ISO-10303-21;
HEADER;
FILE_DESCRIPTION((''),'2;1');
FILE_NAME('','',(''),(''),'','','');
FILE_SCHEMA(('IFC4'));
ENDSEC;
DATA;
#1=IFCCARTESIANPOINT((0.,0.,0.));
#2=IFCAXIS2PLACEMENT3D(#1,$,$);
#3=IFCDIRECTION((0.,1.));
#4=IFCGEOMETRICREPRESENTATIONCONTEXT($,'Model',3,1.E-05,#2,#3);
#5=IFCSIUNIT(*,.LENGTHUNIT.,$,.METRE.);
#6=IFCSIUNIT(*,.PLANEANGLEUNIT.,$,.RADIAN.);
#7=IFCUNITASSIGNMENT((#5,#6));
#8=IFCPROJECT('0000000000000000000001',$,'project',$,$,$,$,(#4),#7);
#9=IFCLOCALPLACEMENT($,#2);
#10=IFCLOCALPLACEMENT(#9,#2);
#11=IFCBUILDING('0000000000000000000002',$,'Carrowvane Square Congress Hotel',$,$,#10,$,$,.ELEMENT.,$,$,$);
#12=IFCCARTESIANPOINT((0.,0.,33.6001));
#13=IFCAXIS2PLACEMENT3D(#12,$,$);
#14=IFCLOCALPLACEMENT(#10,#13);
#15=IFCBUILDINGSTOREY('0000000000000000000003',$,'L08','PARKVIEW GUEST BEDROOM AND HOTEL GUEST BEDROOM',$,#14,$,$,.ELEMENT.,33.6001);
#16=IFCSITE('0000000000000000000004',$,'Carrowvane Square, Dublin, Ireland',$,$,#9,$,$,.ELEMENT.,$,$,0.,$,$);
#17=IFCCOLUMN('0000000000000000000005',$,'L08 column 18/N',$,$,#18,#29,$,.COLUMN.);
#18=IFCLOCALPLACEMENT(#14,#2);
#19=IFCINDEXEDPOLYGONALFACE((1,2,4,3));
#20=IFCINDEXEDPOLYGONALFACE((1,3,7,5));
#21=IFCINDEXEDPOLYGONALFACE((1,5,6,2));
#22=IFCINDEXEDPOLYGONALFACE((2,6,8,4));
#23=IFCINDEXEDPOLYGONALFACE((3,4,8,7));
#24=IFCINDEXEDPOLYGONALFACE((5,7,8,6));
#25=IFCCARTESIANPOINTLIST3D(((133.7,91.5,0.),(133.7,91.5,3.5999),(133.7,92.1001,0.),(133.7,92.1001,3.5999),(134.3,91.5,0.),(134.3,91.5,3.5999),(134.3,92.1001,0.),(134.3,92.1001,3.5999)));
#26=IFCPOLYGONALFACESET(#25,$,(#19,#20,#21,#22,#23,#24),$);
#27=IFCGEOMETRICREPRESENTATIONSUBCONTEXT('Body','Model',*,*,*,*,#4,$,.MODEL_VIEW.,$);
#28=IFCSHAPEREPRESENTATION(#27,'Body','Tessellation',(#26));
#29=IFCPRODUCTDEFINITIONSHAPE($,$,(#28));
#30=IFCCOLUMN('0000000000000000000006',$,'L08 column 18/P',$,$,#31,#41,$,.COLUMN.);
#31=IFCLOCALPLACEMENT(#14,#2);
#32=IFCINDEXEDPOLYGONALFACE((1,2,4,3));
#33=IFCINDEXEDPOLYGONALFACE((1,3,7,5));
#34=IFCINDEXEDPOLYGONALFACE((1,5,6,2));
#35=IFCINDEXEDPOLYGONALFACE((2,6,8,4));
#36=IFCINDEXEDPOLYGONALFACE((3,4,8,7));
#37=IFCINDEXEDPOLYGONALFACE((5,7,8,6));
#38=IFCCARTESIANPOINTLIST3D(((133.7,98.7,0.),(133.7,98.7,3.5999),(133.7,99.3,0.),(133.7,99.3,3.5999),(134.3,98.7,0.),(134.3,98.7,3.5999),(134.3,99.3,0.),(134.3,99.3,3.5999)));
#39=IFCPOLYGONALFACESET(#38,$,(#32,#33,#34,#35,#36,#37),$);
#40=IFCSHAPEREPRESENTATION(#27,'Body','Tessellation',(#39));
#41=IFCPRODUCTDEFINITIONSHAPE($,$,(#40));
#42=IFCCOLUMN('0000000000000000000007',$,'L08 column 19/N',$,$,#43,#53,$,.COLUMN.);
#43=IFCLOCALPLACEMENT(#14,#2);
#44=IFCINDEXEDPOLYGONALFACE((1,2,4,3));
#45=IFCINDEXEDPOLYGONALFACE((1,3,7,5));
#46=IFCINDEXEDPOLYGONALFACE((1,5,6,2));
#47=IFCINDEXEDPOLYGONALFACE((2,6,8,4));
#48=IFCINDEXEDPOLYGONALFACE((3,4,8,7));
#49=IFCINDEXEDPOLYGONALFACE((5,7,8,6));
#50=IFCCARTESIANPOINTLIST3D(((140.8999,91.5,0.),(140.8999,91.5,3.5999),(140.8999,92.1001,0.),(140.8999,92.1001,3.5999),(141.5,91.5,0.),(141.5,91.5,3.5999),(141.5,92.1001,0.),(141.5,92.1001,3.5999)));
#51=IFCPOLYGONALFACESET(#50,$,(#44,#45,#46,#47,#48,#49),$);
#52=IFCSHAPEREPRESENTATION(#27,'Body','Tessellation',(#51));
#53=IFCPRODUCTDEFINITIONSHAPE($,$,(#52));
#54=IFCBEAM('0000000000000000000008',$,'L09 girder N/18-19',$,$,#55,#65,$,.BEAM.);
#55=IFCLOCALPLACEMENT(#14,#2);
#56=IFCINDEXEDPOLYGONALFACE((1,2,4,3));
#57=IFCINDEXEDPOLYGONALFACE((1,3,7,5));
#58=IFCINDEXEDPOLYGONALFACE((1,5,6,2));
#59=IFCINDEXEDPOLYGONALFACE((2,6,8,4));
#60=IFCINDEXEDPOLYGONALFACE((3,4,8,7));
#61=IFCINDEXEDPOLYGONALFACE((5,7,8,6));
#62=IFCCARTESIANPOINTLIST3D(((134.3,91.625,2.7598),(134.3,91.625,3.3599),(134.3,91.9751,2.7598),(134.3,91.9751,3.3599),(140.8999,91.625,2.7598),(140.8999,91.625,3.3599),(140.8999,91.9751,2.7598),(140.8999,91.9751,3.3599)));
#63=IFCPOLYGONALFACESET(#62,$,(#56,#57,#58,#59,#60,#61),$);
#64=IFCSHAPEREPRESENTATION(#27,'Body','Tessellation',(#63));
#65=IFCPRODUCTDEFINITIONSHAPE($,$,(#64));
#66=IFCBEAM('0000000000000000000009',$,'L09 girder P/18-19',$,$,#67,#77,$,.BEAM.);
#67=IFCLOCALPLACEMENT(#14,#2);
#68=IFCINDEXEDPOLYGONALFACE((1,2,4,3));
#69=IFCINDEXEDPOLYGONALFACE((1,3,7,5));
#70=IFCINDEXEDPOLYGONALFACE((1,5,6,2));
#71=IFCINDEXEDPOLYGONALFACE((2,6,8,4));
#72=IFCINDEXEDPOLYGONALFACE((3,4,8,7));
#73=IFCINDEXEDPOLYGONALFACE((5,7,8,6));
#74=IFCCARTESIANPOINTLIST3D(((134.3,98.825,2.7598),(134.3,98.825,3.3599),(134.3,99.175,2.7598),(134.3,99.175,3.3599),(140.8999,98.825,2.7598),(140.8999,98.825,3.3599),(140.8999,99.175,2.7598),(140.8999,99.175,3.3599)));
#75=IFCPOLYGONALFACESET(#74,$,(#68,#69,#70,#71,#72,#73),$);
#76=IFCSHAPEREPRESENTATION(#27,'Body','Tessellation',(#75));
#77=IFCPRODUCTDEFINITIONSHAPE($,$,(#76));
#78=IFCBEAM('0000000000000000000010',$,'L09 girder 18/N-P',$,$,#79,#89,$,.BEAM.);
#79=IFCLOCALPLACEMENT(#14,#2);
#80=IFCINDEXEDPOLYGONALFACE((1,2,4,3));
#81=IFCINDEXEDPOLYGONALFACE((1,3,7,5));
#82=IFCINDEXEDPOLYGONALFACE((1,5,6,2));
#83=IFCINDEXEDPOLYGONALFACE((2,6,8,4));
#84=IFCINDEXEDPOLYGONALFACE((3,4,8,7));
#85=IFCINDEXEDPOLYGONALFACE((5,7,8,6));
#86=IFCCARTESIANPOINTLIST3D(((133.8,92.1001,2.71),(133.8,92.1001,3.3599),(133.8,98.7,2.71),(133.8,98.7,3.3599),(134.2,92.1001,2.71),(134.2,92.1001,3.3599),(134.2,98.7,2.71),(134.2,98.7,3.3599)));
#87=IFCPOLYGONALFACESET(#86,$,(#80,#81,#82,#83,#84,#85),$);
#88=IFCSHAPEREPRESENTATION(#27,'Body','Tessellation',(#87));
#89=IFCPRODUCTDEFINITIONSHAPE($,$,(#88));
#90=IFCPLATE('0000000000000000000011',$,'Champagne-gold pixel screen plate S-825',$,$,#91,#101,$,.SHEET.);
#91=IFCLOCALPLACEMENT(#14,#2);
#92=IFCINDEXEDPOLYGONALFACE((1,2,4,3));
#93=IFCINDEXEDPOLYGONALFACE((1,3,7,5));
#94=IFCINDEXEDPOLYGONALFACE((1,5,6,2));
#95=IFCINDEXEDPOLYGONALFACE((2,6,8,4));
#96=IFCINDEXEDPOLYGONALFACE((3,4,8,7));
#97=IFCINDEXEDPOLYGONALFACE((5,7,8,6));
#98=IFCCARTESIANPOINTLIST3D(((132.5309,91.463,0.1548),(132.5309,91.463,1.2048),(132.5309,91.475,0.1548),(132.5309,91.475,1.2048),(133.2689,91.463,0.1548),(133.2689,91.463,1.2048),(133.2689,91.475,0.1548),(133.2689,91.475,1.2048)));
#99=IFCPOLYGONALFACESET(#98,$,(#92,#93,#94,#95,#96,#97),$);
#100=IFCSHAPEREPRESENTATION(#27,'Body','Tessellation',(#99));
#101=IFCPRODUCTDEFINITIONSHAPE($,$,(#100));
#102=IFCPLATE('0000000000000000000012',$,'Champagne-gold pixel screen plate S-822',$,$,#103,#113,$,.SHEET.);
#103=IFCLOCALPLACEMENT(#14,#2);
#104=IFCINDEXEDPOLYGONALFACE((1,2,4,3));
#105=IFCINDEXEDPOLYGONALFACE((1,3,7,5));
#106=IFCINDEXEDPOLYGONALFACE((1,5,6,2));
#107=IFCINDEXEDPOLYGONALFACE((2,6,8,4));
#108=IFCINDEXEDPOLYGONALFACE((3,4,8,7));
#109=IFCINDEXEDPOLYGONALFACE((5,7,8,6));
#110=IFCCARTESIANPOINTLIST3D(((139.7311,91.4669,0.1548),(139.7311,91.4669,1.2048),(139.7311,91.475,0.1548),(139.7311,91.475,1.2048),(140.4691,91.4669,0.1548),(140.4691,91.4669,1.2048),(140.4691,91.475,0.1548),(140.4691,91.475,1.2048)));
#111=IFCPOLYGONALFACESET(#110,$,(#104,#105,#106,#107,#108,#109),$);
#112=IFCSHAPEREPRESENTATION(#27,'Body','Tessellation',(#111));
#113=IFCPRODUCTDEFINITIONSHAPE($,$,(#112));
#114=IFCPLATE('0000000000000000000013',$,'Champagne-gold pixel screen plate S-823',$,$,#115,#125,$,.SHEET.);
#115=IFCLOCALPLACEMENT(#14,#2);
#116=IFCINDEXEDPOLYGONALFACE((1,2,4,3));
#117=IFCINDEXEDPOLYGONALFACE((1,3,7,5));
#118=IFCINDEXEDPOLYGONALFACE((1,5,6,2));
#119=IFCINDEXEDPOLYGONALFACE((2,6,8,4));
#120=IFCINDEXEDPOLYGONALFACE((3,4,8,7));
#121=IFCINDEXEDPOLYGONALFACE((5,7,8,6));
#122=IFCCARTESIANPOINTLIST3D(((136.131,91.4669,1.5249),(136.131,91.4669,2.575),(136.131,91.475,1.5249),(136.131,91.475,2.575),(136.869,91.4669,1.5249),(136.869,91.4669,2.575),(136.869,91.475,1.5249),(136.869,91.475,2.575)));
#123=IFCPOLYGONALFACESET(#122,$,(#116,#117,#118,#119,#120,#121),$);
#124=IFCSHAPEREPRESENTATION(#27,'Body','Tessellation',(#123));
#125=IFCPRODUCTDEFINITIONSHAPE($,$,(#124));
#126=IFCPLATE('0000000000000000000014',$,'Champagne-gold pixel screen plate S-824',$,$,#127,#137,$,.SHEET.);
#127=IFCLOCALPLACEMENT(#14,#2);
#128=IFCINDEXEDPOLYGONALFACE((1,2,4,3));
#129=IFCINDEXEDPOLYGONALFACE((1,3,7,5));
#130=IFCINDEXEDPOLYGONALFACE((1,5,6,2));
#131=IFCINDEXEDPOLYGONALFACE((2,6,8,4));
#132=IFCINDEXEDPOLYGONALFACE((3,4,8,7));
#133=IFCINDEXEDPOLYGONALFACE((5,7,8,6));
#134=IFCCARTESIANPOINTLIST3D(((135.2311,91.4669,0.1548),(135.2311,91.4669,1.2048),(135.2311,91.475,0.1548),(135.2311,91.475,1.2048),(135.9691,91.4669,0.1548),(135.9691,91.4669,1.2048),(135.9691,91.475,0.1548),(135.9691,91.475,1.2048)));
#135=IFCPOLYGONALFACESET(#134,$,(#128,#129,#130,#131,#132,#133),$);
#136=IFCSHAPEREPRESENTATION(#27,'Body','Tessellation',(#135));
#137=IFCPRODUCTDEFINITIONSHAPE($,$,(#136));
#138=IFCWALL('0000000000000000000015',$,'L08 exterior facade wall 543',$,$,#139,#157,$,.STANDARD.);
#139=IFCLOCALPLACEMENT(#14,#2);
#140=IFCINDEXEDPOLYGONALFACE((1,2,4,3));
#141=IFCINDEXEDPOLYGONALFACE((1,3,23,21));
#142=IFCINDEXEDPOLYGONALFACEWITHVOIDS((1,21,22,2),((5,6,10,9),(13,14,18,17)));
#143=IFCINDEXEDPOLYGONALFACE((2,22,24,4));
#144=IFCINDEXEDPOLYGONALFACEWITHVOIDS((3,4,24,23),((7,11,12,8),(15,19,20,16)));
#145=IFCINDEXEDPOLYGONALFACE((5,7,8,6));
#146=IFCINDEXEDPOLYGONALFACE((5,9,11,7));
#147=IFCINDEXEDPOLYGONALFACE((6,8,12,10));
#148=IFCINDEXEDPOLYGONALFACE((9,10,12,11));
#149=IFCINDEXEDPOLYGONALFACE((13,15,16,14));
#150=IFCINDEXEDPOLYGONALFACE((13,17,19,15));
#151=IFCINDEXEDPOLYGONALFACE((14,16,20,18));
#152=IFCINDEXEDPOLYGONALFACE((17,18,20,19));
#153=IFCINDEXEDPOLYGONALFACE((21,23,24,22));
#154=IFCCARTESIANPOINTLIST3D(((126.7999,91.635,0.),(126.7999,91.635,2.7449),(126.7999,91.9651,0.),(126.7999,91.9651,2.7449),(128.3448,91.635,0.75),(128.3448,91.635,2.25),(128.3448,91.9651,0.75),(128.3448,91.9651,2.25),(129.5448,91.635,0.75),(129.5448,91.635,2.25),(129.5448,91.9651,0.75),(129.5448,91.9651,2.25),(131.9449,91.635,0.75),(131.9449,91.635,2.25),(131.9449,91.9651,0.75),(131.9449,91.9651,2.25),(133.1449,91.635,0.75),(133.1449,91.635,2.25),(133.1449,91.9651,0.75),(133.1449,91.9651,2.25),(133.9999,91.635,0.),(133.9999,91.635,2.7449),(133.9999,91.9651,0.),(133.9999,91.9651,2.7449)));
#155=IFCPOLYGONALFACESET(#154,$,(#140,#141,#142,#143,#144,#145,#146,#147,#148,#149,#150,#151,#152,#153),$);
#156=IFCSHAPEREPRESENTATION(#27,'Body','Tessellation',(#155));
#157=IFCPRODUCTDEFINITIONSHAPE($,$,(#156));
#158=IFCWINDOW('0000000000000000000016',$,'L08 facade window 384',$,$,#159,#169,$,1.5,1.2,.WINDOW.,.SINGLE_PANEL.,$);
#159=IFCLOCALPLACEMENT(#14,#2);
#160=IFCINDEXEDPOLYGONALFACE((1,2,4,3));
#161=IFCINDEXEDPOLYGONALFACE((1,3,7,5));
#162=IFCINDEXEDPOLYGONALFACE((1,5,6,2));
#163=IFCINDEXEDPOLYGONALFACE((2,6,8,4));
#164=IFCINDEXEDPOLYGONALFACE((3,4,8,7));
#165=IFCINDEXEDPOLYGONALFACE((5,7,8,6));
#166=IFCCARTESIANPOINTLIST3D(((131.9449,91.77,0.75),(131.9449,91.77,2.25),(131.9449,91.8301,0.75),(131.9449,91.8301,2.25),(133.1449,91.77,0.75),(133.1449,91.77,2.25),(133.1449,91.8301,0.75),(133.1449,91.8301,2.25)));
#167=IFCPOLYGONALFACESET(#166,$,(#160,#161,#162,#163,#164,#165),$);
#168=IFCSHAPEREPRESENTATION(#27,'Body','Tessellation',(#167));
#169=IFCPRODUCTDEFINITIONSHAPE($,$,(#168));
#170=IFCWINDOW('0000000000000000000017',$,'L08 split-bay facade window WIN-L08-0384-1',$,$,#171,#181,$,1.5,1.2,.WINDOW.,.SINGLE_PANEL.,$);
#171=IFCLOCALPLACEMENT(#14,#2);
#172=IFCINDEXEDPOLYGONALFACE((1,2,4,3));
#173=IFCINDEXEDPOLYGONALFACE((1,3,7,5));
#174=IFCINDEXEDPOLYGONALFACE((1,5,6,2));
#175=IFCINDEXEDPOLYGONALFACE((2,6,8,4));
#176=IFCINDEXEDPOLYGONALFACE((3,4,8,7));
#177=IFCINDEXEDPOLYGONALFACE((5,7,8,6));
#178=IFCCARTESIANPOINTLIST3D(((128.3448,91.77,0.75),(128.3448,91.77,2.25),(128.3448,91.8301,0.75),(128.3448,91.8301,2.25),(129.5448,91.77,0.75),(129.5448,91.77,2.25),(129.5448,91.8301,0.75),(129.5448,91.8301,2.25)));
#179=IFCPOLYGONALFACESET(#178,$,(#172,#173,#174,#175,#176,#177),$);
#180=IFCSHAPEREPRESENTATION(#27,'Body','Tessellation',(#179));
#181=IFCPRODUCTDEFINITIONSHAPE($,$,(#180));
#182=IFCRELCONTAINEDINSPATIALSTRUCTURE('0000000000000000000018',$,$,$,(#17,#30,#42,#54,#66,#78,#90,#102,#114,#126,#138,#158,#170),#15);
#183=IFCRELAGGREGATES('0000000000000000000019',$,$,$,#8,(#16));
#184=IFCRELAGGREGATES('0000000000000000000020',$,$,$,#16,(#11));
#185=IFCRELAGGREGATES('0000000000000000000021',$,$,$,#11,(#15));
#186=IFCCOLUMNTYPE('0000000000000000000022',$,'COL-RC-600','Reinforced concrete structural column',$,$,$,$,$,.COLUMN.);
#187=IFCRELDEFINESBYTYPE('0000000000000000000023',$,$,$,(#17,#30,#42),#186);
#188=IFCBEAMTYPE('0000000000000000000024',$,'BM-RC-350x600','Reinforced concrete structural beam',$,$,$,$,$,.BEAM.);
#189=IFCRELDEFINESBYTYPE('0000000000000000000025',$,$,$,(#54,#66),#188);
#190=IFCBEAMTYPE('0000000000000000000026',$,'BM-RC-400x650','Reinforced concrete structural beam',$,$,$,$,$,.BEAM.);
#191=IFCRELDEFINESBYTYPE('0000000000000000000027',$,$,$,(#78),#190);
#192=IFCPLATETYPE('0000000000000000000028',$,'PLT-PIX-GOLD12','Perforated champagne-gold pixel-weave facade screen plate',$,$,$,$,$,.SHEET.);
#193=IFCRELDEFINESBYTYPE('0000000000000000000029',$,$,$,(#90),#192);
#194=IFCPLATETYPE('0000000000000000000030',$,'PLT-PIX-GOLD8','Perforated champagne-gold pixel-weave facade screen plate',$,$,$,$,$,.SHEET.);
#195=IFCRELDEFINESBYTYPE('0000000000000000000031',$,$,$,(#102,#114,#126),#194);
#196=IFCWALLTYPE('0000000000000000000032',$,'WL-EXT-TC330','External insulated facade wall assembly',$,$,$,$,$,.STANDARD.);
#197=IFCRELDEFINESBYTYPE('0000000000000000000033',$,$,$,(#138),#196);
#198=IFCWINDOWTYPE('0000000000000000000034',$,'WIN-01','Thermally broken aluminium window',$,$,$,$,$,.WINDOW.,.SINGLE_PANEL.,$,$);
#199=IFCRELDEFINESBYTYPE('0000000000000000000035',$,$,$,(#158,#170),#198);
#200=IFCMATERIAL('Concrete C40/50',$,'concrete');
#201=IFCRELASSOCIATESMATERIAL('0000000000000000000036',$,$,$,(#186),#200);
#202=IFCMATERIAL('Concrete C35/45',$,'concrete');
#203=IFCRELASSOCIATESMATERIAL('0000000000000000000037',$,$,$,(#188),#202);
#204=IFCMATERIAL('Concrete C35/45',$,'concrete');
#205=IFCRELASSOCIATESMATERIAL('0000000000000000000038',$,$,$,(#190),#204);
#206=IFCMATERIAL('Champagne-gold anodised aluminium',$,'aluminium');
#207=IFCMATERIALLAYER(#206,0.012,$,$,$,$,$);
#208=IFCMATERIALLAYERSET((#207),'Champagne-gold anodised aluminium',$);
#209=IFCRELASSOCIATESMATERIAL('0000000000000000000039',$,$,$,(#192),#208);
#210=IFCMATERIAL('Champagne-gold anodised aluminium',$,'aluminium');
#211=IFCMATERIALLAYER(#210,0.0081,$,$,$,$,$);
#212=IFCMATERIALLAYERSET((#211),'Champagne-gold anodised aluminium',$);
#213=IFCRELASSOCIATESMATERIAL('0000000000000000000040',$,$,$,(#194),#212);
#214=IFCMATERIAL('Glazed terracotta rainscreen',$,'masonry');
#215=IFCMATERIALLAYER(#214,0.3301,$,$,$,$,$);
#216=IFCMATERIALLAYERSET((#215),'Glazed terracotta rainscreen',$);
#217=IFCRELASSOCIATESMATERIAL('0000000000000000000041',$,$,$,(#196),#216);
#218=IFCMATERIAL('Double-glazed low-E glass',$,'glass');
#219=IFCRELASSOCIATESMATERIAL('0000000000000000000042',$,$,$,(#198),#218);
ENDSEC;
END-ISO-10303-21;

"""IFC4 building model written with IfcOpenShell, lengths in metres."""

from ifc_helpers import new_model, si_unit, direction, frame, frame_2d, origin, origin_2d, place, context, subcontext, project, spatial, rectangle, extrude, material, layer, layer_set, material_profile, profile_set, type_object, element, fill, save


model = new_model("IFC4")

# Units and contexts
model_context = context("Model", 3, precision=1e-05, world=origin(), true_north=direction((0.0, 1.0)))
body_context = subcontext(model_context, "Body", "Model", "MODEL_VIEW")
ifc_project = project(units=[si_unit("LENGTHUNIT", "METRE"), si_unit("PLANEANGLEUNIT", "RADIAN")], contexts=[model_context])

# Site, building, storey
site_placement = place(None, origin())
site = spatial("IfcSite", under=ifc_project, at=site_placement, Name="Carrowvane Square, Dublin, Ireland", CompositionType="ELEMENT", RefElevation=0.0)
building_placement = place(site_placement, origin())
building = spatial("IfcBuilding", under=site, at=building_placement, Name="Carrowvane Square Congress Hotel", CompositionType="ELEMENT")
storey_placement = place(building_placement, frame((0.0, 0.0, 33.6001)))
storey = spatial("IfcBuildingStorey", under=building, at=storey_placement, Name="L08", Description="PARKVIEW GUEST BEDROOM AND HOTEL GUEST BEDROOM", CompositionType="ELEMENT", Elevation=33.6001)

# Columns
ifc_material_1 = material(Name="Concrete C40/50", Category="concrete")
ifc_material_profile_1 = material_profile(ifc_material_1, rectangle(XDim=0.6001, YDim=0.6001, at=origin_2d()), Name="RC 600x600")
ifc_profile_set_1 = profile_set([ifc_material_profile_1], Name="Concrete C40/50")
column_type = type_object("IfcColumnType", Name="COL-RC-600", Description="Reinforced concrete structural column", PredefinedType="COLUMN", material=ifc_profile_set_1)
for number, where, z_axis, x_axis, name in (
    (1, (134.0, 91.8, 0.0), (0.0, 0.0, 1.0), (1.0, 0.0, 0.0), "L08 column 18/N"),
    (2, (134.0, 99.0, 0.0), (0.0, 0.0, 1.0), (1.0, 0.0, 0.0), "L08 column 18/P"),
    (3, (141.2, 91.8, 0.0), (0.0, 0.0, 1.0), (1.0, 0.0, 0.0), "L08 column 19/N"),
):
    element("IfcColumn", number, at=place(storey_placement, frame(where, z_axis=z_axis, x_axis=x_axis)), inside=storey, type_object=column_type, Name=name, PredefinedType="COLUMN", context=body_context, shape_type="SweptSolid", body=[
        extrude(rectangle(XDim=0.6001, YDim=0.6001, at=origin_2d()), origin(), (0.0, 0.0, 1.0), 3.5999),
    ])

# Beams
ifc_material_2 = material(Name="Concrete C35/45", Category="concrete")
ifc_material_profile_2 = material_profile(ifc_material_2, rectangle(XDim=0.3501, YDim=0.6001, at=origin_2d()), Name="RC 350x600")
ifc_profile_set_2 = profile_set([ifc_material_profile_2], Name="Concrete C35/45")
beam_type_1 = type_object("IfcBeamType", Name="BM-RC-350x600", Description="Reinforced concrete structural beam", PredefinedType="BEAM", material=ifc_profile_set_2)
for number, where, z_axis, x_axis, name in (
    (4, (134.3, 91.8, 3.0598), (1.0, 0.0, 0.0), (0.0, 1.0, 0.0), "L09 girder N/18-19"),
    (5, (134.3, 99.0, 3.0598), (1.0, 0.0, 0.0), (0.0, 1.0, 0.0), "L09 girder P/18-19"),
):
    element("IfcBeam", number, at=place(storey_placement, frame(where, z_axis=z_axis, x_axis=x_axis)), inside=storey, type_object=beam_type_1, Name=name, PredefinedType="BEAM", context=body_context, shape_type="SweptSolid", body=[
        extrude(rectangle(XDim=0.3501, YDim=0.6001, at=origin_2d()), origin(), (0.0, 0.0, 1.0), 6.5999),
    ])
ifc_material_3 = material(Name="Concrete C35/45", Category="concrete")
ifc_material_profile_3 = material_profile(ifc_material_3, rectangle(XDim=0.3999, YDim=0.6499, at=origin_2d()), Name="RC 400x650")
ifc_profile_set_3 = profile_set([ifc_material_profile_3], Name="Concrete C35/45")
beam_type_2 = type_object("IfcBeamType", Name="BM-RC-400x650", Description="Reinforced concrete structural beam", PredefinedType="BEAM", material=ifc_profile_set_3)
beam_placement = place(storey_placement, frame((134.0, 92.1001, 3.0349), z_axis=(0.0, 1.0, 0.0), x_axis=(-1.0, 0.0, 0.0)))
element("IfcBeam", 6, at=beam_placement, inside=storey, type_object=beam_type_2, Name="L09 girder 18/N-P", PredefinedType="BEAM", context=body_context, shape_type="SweptSolid", body=[
    extrude(rectangle(XDim=0.3999, YDim=0.6499, at=origin_2d()), origin(), (0.0, 0.0, 1.0), 6.5999),
])

# Plates
ifc_material_4 = material(Name="Champagne-gold anodised aluminium", Category="aluminium")
ifc_layer_1 = layer(ifc_material_4, 0.012)
ifc_layer_set_1 = layer_set([ifc_layer_1], Name="Champagne-gold anodised aluminium")
plate_type_1 = type_object("IfcPlateType", Name="PLT-PIX-GOLD12", Description="Perforated champagne-gold pixel-weave facade screen plate", PredefinedType="SHEET", material=ifc_layer_set_1)
plate_placement = place(storey_placement, frame((132.8999, 91.469, 0.1548), z_axis=(0.0, 0.0, 1.0), x_axis=(-1.0, 0.0, 0.0)))
element("IfcPlate", 7, at=plate_placement, inside=storey, type_object=plate_type_1, Name="Champagne-gold pixel screen plate S-825", PredefinedType="SHEET", context=body_context, shape_type="SweptSolid", body=[
    extrude(rectangle(XDim=0.738, YDim=0.012, at=origin_2d()), origin(), (0.0, 0.0, 1.0), 1.05),
])
ifc_material_5 = material(Name="Champagne-gold anodised aluminium", Category="aluminium")
ifc_layer_2 = layer(ifc_material_5, 0.0081)
ifc_layer_set_2 = layer_set([ifc_layer_2], Name="Champagne-gold anodised aluminium")
plate_type_2 = type_object("IfcPlateType", Name="PLT-PIX-GOLD8", Description="Perforated champagne-gold pixel-weave facade screen plate", PredefinedType="SHEET", material=ifc_layer_set_2)
for number, where, z_axis, x_axis, name in (
    (8, (140.1001, 91.4709, 0.1548), (0.0, 0.0, 1.0), (-1.0, 0.0, 0.0), "Champagne-gold pixel screen plate S-822"),
    (9, (136.5, 91.4709, 1.5249), (0.0, 0.0, 1.0), (-1.0, 0.0, 0.0), "Champagne-gold pixel screen plate S-823"),
    (10, (135.6001, 91.4709, 0.1548), (0.0, 0.0, 1.0), (-1.0, 0.0, 0.0), "Champagne-gold pixel screen plate S-824"),
):
    element("IfcPlate", number, at=place(storey_placement, frame(where, z_axis=z_axis, x_axis=x_axis)), inside=storey, type_object=plate_type_2, Name=name, PredefinedType="SHEET", context=body_context, shape_type="SweptSolid", body=[
        extrude(rectangle(XDim=0.738, YDim=0.0081, at=origin_2d()), origin(), (0.0, 0.0, 1.0), 1.05),
    ])

# Wall, openings, windows
ifc_material_6 = material(Name="Glazed terracotta rainscreen", Category="masonry")
ifc_layer_3 = layer(ifc_material_6, 0.3301)
ifc_layer_set_3 = layer_set([ifc_layer_3], Name="Glazed terracotta rainscreen")
wall_type_1 = type_object("IfcWallType", Name="WL-EXT-TC330", Description="External insulated facade wall assembly", PredefinedType="STANDARD", material=ifc_layer_set_3)
wall_1_placement = place(storey_placement, frame((134.0, 91.8, 0.0), z_axis=(0.0, 0.0, 1.0), x_axis=(-1.0, 0.0, 0.0)))
wall_1 = element("IfcWall", 11, at=wall_1_placement, inside=storey, type_object=wall_type_1, Name="L08 exterior facade wall 543", PredefinedType="STANDARD", context=body_context, shape_type="SweptSolid", body=[
    extrude(rectangle(XDim=7.2, YDim=0.3301, at=frame_2d((3.6001, 0.0))), origin(), (0.0, 0.0, 1.0), 2.7449),
])
opening_1_placement = place(wall_1_placement, frame((0.855, 0.0, 0.75)))
opening_1 = element("IfcOpeningElement", 12, at=opening_1_placement, cuts=wall_1, PredefinedType="OPENING", context=body_context, shape_type="SweptSolid", body=[
    extrude(rectangle(XDim=1.2, YDim=1.5, at=frame_2d((0.6001, 0.75))), frame((0.0, 0.175, 0.0), z_axis=(0.0, -1.0, 0.0), x_axis=(1.0, 0.0, 0.0)), (0.0, 0.0, 1.0), 0.3501),
])
opening_2_placement = place(wall_1_placement, frame((4.4551, 0.0, 0.75)))
opening_2 = element("IfcOpeningElement", 13, at=opening_2_placement, cuts=wall_1, PredefinedType="OPENING", context=body_context, shape_type="SweptSolid", body=[
    extrude(rectangle(XDim=1.2, YDim=1.5, at=frame_2d((0.6001, 0.75))), frame((0.0, 0.175, 0.0), z_axis=(0.0, -1.0, 0.0), x_axis=(1.0, 0.0, 0.0)), (0.0, 0.0, 1.0), 0.3501),
])
ifc_material_7 = material(Name="Double-glazed low-E glass", Category="glass")
window_type = type_object("IfcWindowType", Name="WIN-01", Description="Thermally broken aluminium window", PartitioningType="SINGLE_PANEL", PredefinedType="WINDOW", material=ifc_material_7)
window_1_placement = place(opening_1_placement, origin())
window_1 = element("IfcWindow", 14, at=window_1_placement, inside=storey, type_object=window_type, Name="L08 facade window 384", OverallHeight=1.5, OverallWidth=1.2, PartitioningType="SINGLE_PANEL", PredefinedType="WINDOW", context=body_context, shape_type="SweptSolid", body=[
    extrude(rectangle(XDim=1.2, YDim=1.5, at=frame_2d((0.6001, 0.75))), frame((0.0, 0.03, 0.0), z_axis=(0.0, -1.0, 0.0), x_axis=(1.0, 0.0, 0.0)), (0.0, 0.0, 1.0), 0.0601),
])
fill(opening_1, window_1)
window_2_placement = place(opening_2_placement, origin())
window_2 = element("IfcWindow", 15, at=window_2_placement, inside=storey, type_object=window_type, Name="L08 split-bay facade window WIN-L08-0384-1", OverallHeight=1.5, OverallWidth=1.2, PartitioningType="SINGLE_PANEL", PredefinedType="WINDOW", context=body_context, shape_type="SweptSolid", body=[
    extrude(rectangle(XDim=1.2, YDim=1.5, at=frame_2d((0.6001, 0.75))), frame((0.0, 0.03, 0.0), z_axis=(0.0, -1.0, 0.0), x_axis=(1.0, 0.0, 0.0)), (0.0, 0.0, 1.0), 0.0601),
])
fill(opening_2, window_2)

save(model, "model.ifc")
